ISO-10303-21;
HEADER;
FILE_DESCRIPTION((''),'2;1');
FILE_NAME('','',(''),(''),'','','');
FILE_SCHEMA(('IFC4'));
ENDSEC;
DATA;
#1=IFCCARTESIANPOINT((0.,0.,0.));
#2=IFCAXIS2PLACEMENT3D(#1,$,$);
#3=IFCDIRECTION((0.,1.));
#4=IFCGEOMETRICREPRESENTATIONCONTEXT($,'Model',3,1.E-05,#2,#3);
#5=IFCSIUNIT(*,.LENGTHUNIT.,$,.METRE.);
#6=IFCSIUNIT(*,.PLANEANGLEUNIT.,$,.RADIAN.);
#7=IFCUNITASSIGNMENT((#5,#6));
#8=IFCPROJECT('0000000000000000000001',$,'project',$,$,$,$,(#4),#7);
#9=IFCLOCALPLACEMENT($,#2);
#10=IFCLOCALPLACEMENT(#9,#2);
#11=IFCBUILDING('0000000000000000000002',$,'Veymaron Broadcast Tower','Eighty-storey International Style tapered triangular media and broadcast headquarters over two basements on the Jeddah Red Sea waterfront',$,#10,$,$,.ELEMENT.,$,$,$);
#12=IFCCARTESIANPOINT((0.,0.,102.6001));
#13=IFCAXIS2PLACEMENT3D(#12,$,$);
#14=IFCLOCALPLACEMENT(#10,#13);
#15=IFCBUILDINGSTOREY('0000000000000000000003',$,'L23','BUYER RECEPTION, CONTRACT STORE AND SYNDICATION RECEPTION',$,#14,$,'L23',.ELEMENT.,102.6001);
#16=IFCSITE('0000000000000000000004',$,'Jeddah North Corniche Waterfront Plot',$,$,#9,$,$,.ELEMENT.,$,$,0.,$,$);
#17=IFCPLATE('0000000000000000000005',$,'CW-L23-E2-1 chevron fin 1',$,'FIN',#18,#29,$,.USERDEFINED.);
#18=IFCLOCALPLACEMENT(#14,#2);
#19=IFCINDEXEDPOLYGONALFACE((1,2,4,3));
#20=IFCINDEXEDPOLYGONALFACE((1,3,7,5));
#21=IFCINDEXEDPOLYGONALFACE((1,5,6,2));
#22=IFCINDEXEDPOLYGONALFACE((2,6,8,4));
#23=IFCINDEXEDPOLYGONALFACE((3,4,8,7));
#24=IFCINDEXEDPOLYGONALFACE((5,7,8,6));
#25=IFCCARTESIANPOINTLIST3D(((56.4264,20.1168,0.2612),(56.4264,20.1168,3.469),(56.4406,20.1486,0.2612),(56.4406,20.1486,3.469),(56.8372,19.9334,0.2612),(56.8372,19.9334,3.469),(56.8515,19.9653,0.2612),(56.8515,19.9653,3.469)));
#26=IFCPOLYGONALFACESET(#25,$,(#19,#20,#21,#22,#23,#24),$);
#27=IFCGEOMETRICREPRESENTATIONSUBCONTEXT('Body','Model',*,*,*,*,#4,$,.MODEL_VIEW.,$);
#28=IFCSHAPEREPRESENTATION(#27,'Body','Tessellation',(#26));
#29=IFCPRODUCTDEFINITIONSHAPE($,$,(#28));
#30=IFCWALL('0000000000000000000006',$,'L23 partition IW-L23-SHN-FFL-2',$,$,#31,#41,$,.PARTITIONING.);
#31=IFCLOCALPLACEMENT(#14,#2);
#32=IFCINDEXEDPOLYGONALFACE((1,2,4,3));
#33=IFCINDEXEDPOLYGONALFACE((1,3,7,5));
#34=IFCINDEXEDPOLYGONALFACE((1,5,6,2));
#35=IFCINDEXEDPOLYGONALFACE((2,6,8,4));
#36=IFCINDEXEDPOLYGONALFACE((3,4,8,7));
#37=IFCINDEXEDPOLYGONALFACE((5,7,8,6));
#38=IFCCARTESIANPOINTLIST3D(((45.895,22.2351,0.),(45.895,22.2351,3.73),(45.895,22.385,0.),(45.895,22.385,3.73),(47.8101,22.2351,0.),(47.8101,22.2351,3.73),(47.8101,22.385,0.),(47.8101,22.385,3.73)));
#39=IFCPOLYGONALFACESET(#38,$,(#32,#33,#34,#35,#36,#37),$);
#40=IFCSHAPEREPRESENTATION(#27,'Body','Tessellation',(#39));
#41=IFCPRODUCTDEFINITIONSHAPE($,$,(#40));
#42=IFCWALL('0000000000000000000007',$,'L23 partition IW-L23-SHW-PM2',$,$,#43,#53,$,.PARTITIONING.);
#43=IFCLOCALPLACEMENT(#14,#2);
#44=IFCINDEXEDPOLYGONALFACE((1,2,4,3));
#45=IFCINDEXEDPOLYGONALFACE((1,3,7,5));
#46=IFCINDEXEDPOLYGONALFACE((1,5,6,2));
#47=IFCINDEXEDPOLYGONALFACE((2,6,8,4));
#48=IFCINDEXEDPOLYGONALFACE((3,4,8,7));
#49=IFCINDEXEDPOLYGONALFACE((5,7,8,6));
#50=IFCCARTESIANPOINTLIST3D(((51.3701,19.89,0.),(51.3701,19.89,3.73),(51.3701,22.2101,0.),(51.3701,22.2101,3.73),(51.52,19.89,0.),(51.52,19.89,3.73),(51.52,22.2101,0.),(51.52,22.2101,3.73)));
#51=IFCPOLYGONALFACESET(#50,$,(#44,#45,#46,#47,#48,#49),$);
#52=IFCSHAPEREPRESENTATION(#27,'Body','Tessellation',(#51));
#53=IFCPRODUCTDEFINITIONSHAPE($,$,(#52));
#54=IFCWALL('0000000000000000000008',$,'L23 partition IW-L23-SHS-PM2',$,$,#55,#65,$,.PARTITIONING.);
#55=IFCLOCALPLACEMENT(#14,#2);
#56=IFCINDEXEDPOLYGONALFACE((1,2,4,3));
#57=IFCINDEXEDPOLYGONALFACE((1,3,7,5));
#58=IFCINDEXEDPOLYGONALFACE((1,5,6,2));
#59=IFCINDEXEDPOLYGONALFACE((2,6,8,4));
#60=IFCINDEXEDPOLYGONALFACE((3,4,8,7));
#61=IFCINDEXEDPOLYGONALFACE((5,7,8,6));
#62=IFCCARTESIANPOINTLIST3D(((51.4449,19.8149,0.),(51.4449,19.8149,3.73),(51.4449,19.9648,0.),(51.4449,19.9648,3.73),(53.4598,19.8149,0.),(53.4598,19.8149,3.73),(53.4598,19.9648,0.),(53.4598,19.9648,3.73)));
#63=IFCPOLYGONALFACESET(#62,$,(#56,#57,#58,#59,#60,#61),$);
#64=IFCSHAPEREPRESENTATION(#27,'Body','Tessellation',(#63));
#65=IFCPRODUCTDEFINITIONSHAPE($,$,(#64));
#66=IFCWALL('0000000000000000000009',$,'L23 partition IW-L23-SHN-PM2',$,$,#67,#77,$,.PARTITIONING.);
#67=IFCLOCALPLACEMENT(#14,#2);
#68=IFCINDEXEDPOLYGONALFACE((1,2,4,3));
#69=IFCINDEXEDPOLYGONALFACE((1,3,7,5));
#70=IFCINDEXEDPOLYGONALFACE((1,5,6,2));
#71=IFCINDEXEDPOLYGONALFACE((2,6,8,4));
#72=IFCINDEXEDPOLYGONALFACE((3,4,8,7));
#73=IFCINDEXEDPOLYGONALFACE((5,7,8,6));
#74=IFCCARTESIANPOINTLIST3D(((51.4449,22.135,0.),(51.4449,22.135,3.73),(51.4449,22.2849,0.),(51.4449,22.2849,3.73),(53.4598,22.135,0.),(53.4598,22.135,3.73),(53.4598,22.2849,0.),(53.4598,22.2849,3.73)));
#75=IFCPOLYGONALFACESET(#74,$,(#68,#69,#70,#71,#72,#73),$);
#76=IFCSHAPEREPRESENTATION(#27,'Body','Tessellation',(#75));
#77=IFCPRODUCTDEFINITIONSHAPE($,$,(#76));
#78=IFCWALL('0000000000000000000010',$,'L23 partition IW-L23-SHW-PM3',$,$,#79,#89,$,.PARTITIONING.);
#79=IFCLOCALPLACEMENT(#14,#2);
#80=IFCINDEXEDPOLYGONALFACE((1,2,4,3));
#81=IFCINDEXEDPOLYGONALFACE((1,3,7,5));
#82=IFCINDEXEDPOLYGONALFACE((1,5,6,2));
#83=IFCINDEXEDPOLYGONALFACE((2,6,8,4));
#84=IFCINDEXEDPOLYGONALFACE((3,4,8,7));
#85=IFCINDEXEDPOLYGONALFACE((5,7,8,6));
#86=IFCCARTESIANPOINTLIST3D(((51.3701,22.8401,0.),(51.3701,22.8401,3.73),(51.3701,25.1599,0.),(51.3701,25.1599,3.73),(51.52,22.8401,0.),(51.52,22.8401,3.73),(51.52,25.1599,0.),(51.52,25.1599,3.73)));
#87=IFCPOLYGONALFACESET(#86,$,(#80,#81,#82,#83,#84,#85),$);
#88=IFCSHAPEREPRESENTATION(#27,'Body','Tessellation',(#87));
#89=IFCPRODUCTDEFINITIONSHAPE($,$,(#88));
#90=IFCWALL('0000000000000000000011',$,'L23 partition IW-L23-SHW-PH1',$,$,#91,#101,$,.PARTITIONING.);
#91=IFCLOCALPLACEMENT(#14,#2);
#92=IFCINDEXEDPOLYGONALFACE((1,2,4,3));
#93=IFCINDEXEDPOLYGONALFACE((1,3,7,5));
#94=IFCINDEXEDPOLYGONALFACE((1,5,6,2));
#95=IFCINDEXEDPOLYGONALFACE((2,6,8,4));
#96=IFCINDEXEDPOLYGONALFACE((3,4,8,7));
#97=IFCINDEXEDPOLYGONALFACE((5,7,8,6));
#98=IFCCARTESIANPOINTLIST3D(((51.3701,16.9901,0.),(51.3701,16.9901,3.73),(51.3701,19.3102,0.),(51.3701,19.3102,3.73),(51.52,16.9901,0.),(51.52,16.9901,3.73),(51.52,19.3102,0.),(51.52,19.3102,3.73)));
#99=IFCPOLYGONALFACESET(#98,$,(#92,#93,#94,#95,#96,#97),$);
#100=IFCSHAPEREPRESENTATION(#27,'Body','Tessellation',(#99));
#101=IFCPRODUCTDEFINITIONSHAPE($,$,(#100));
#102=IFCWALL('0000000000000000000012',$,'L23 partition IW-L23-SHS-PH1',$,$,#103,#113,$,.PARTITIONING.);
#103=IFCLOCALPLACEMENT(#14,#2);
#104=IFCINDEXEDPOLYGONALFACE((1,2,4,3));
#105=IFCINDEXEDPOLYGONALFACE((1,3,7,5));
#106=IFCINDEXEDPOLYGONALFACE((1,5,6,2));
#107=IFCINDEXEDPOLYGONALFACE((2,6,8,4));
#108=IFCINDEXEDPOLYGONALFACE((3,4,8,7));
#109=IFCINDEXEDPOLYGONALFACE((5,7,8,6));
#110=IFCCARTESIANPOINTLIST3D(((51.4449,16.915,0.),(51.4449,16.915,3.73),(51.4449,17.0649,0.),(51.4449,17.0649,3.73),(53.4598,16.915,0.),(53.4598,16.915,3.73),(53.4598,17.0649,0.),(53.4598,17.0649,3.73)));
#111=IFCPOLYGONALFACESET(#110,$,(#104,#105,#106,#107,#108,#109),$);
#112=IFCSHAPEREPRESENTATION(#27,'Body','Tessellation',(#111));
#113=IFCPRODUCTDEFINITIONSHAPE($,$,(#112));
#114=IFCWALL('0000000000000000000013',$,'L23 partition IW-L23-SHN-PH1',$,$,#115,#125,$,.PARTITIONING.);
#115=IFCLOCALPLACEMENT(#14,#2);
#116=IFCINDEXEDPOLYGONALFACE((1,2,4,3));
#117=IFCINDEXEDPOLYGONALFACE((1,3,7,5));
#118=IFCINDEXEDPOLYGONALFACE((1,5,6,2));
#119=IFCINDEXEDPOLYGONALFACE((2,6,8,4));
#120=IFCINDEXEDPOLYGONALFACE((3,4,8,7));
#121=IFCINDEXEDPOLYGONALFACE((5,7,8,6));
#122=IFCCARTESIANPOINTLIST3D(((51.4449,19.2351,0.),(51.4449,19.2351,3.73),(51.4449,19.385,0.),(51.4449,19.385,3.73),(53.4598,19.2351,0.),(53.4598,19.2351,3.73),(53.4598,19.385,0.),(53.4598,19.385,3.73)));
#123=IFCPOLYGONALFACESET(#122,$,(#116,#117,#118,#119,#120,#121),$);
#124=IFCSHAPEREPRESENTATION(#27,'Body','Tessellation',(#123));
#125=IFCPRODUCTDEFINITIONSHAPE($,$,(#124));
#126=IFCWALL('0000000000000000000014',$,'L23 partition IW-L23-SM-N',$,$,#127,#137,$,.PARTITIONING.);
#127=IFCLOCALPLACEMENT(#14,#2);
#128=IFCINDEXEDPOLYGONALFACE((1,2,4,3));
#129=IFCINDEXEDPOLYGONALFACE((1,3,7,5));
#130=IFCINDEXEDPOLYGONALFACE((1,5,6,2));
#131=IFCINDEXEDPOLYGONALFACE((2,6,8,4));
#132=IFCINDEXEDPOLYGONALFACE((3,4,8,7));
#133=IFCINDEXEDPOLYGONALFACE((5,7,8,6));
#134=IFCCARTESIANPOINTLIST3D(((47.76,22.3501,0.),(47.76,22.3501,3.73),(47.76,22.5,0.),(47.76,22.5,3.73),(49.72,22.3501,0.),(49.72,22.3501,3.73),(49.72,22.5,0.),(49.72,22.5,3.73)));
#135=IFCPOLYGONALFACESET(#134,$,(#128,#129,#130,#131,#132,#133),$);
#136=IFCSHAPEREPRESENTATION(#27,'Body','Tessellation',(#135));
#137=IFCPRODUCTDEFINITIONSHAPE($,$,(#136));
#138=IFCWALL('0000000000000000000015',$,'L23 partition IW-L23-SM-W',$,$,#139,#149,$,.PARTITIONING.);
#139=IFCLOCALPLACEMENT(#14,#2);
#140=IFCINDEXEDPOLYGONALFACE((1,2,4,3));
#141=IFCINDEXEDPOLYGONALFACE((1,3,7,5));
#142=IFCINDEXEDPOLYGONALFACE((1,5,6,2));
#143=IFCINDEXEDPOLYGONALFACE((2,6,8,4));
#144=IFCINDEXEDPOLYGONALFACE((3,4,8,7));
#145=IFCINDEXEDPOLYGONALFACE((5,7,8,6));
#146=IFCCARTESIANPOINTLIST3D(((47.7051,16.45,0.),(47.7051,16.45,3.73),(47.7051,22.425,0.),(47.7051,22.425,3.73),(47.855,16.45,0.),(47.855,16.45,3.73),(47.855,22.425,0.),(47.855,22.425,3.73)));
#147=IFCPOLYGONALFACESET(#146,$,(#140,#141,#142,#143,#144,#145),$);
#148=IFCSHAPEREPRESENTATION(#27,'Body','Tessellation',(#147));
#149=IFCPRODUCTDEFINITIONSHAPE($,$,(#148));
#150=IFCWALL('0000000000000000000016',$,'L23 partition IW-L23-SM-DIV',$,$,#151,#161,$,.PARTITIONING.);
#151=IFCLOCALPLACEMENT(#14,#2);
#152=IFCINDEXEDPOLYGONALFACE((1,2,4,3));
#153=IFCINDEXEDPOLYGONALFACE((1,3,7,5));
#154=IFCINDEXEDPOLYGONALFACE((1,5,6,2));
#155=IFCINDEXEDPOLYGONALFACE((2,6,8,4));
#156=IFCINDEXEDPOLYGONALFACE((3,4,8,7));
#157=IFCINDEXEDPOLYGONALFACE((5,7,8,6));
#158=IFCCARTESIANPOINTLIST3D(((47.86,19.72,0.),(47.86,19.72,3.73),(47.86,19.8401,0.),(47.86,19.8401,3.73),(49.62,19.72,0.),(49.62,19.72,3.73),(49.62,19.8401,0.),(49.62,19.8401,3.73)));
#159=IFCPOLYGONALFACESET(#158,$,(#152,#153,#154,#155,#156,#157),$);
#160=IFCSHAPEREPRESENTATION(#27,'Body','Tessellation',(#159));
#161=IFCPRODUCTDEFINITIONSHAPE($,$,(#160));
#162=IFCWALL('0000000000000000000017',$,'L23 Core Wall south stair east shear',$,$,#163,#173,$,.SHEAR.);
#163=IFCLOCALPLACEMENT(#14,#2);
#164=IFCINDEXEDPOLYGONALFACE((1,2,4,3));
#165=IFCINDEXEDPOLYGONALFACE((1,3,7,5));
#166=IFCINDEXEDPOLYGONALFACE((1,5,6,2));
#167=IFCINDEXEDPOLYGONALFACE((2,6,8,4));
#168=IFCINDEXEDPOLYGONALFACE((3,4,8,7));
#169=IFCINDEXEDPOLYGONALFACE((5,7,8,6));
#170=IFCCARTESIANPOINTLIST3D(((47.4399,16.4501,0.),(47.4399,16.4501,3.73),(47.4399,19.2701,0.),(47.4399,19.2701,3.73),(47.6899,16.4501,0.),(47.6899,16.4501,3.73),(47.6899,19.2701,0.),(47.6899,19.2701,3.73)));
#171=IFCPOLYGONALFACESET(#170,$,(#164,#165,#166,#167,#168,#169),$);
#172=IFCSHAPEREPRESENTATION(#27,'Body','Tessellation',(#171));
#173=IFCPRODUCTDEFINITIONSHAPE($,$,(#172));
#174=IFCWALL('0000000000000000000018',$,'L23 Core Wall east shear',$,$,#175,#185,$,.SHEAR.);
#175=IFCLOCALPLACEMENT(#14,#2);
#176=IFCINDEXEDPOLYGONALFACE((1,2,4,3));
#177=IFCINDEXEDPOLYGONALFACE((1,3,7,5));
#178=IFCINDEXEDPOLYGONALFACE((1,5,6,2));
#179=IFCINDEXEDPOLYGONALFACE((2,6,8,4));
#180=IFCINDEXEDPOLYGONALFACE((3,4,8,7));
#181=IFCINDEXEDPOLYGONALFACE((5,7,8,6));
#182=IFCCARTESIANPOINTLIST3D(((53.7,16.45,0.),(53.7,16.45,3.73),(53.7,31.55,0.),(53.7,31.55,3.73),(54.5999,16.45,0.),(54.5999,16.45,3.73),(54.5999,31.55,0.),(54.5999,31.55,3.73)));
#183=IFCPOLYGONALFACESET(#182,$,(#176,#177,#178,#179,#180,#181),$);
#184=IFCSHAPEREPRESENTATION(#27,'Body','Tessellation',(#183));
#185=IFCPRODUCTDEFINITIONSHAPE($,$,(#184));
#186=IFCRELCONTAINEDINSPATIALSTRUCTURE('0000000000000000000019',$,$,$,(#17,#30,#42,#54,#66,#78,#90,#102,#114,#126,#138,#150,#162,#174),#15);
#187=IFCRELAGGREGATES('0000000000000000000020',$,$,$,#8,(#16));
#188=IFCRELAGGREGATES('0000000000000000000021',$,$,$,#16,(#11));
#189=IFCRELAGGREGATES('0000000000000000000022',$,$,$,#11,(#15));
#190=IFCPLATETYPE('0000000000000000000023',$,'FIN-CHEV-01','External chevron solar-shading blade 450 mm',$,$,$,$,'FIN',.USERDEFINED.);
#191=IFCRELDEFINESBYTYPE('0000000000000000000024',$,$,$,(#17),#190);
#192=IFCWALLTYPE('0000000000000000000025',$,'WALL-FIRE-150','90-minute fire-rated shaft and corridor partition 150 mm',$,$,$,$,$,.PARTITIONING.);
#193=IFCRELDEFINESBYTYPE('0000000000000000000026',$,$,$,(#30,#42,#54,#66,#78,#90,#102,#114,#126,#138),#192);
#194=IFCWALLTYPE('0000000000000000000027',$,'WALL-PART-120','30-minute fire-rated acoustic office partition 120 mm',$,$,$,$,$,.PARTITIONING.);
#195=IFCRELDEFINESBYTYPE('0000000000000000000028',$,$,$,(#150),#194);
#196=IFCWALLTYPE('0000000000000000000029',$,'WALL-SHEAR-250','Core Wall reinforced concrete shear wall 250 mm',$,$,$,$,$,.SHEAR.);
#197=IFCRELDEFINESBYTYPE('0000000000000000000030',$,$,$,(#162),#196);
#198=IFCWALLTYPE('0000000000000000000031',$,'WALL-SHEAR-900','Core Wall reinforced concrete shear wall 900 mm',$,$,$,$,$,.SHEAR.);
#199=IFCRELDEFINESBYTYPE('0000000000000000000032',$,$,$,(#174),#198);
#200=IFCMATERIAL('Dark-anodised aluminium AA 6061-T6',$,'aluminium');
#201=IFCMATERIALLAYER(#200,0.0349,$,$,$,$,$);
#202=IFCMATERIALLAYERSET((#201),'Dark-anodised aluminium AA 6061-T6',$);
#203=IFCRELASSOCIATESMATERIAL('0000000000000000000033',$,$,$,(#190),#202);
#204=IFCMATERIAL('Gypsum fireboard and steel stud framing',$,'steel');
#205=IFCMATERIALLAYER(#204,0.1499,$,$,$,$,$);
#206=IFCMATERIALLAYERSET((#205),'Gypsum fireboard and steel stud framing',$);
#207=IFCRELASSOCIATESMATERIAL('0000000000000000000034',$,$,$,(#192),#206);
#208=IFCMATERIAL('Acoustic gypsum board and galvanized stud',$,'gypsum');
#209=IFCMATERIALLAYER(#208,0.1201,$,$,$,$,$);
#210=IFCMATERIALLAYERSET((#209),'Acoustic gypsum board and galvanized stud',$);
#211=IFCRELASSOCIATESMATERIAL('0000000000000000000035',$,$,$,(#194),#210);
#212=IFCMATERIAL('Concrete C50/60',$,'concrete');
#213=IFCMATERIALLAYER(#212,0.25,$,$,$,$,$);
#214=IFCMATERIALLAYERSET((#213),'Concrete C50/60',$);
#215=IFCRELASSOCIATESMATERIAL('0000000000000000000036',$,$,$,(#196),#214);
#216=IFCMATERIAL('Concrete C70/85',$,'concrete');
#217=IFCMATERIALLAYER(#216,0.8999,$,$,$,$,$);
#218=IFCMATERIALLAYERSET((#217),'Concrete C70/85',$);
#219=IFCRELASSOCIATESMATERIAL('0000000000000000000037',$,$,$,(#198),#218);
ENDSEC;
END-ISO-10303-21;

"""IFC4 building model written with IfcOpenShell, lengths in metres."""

from ifc_helpers import new_model, si_unit, direction, frame, frame_2d, origin, origin_2d, place, context, subcontext, project, spatial, rectangle, extrude, material, layer, layer_set, type_object, element, save


model = new_model("IFC4")

# Units and contexts
model_context = context("Model", 3, precision=1e-05, world=origin(), true_north=direction((0.0, 1.0)))
body_context = subcontext(model_context, "Body", "Model", "MODEL_VIEW")
ifc_project = project(units=[si_unit("LENGTHUNIT", "METRE"), si_unit("PLANEANGLEUNIT", "RADIAN")], contexts=[model_context])

# Site, building, storey
site_placement = place(None, origin())
site = spatial("IfcSite", under=ifc_project, at=site_placement, Name="Jeddah North Corniche Waterfront Plot", CompositionType="ELEMENT", RefElevation=0.0)
building_placement = place(site_placement, origin())
building = spatial("IfcBuilding", under=site, at=building_placement, Name="Veymaron Broadcast Tower", Description="Eighty-storey International Style tapered triangular media and broadcast headquarters over two basements on the Jeddah Red Sea waterfront", CompositionType="ELEMENT")
storey_placement = place(building_placement, frame((0.0, 0.0, 102.6001)))
storey = spatial("IfcBuildingStorey", under=building, at=storey_placement, Name="L23", Description="BUYER RECEPTION, CONTRACT STORE AND SYNDICATION RECEPTION", LongName="L23", CompositionType="ELEMENT", Elevation=102.6001)

# Plate
ifc_material_1 = material(Name="Dark-anodised aluminium AA 6061-T6", Category="aluminium")
ifc_layer_1 = layer(ifc_material_1, 0.0349)
ifc_layer_set_1 = layer_set([ifc_layer_1], Name="Dark-anodised aluminium AA 6061-T6")
plate_type_1 = type_object("IfcPlateType", Name="FIN-CHEV-01", Description="External chevron solar-shading blade 450 mm", ElementType="FIN", PredefinedType="USERDEFINED", material=ifc_layer_set_1)
plate_1_placement = place(storey_placement, frame((56.6389, 20.041, 0.2612), z_axis=(0.0, 0.0, 1.0), x_axis=(0.913197, -0.407518, 0.0)))
element("IfcPlate", 1, at=plate_1_placement, inside=storey, type_object=plate_type_1, Name="CW-L23-E2-1 chevron fin 1", ObjectType="FIN", PredefinedType="USERDEFINED", context=body_context, shape_type="SweptSolid", body=[
    extrude(rectangle(XDim=0.45, YDim=0.0349, at=origin_2d()), origin(), (0.0, 0.0, 1.0), 3.2078),
])

# Walls
ifc_material_2 = material(Name="Gypsum fireboard and steel stud framing", Category="steel")
ifc_layer_2 = layer(ifc_material_2, 0.1499)
ifc_layer_set_2 = layer_set([ifc_layer_2], Name="Gypsum fireboard and steel stud framing")
wall_type_1 = type_object("IfcWallType", Name="WALL-FIRE-150", Description="90-minute fire-rated shaft and corridor partition 150 mm", PredefinedType="PARTITIONING", material=ifc_layer_set_2)
wall_1_placement = place(storey_placement, frame((45.895, 22.3101, 0.0), z_axis=(0.0, 0.0, 1.0), x_axis=(1.0, 0.0, 0.0)))
element("IfcWall", 2, at=wall_1_placement, inside=storey, type_object=wall_type_1, Name="L23 partition IW-L23-SHN-FFL-2", PredefinedType="PARTITIONING", context=body_context, shape_type="SweptSolid", body=[
    extrude(rectangle(XDim=1.915, YDim=0.1499, at=frame_2d((0.9575, 0.0))), origin(), (0.0, 0.0, 1.0), 3.73),
])
wall_2_placement = place(storey_placement, frame((51.4451, 19.8899, 0.0), z_axis=(0.0, 0.0, 1.0), x_axis=(0.0, 1.0, 0.0)))
element("IfcWall", 3, at=wall_2_placement, inside=storey, type_object=wall_type_1, Name="L23 partition IW-L23-SHW-PM2", PredefinedType="PARTITIONING", context=body_context, shape_type="SweptSolid", body=[
    extrude(rectangle(XDim=2.3201, YDim=0.1499, at=frame_2d((1.1602, 0.0))), origin(), (0.0, 0.0, 1.0), 3.73),
])
for number, where, z_axis, x_axis, name in (
    (4, (51.4451, 19.8899, 0.0), (0.0, 0.0, 1.0), (1.0, 0.0, 0.0), "L23 partition IW-L23-SHS-PM2"),
    (5, (51.4451, 22.21, 0.0), (0.0, 0.0, 1.0), (1.0, 0.0, 0.0), "L23 partition IW-L23-SHN-PM2"),
):
    element("IfcWall", number, at=place(storey_placement, frame(where, z_axis=z_axis, x_axis=x_axis)), inside=storey, type_object=wall_type_1, Name=name, PredefinedType="PARTITIONING", context=body_context, shape_type="SweptSolid", body=[
        extrude(rectangle(XDim=2.0149, YDim=0.1499, at=frame_2d((1.0073, 0.0))), origin(), (0.0, 0.0, 1.0), 3.73),
    ])
wall_3_placement = place(storey_placement, frame((51.4451, 22.8401, 0.0), z_axis=(0.0, 0.0, 1.0), x_axis=(0.0, 1.0, 0.0)))
element("IfcWall", 6, at=wall_3_placement, inside=storey, type_object=wall_type_1, Name="L23 partition IW-L23-SHW-PM3", PredefinedType="PARTITIONING", context=body_context, shape_type="SweptSolid", body=[
    extrude(rectangle(XDim=2.3198, YDim=0.1499, at=frame_2d((1.1599, 0.0))), origin(), (0.0, 0.0, 1.0), 3.73),
])
wall_4_placement = place(storey_placement, frame((51.4451, 16.99, 0.0), z_axis=(0.0, 0.0, 1.0), x_axis=(0.0, 1.0, 0.0)))
element("IfcWall", 7, at=wall_4_placement, inside=storey, type_object=wall_type_1, Name="L23 partition IW-L23-SHW-PH1", PredefinedType="PARTITIONING", context=body_context, shape_type="SweptSolid", body=[
    extrude(rectangle(XDim=2.3201, YDim=0.1499, at=frame_2d((1.1602, 0.0))), origin(), (0.0, 0.0, 1.0), 3.73),
])
for number, where, z_axis, x_axis, name in (
    (8, (51.4451, 16.99, 0.0), (0.0, 0.0, 1.0), (1.0, 0.0, 0.0), "L23 partition IW-L23-SHS-PH1"),
    (9, (51.4451, 19.3101, 0.0), (0.0, 0.0, 1.0), (1.0, 0.0, 0.0), "L23 partition IW-L23-SHN-PH1"),
):
    element("IfcWall", number, at=place(storey_placement, frame(where, z_axis=z_axis, x_axis=x_axis)), inside=storey, type_object=wall_type_1, Name=name, PredefinedType="PARTITIONING", context=body_context, shape_type="SweptSolid", body=[
        extrude(rectangle(XDim=2.0149, YDim=0.1499, at=frame_2d((1.0073, 0.0))), origin(), (0.0, 0.0, 1.0), 3.73),
    ])

# Walls
wall_5_placement = place(storey_placement, frame((47.76, 22.425, 0.0), z_axis=(0.0, 0.0, 1.0), x_axis=(1.0, 0.0, 0.0)))
element("IfcWall", 10, at=wall_5_placement, inside=storey, type_object=wall_type_1, Name="L23 partition IW-L23-SM-N", PredefinedType="PARTITIONING", context=body_context, shape_type="SweptSolid", body=[
    extrude(rectangle(XDim=1.96, YDim=0.1499, at=frame_2d((0.98, 0.0))), origin(), (0.0, 0.0, 1.0), 3.73),
])
wall_6_placement = place(storey_placement, frame((47.78, 16.45, 0.0), z_axis=(0.0, 0.0, 1.0), x_axis=(0.0, 1.0, 0.0)))
element("IfcWall", 11, at=wall_6_placement, inside=storey, type_object=wall_type_1, Name="L23 partition IW-L23-SM-W", PredefinedType="PARTITIONING", context=body_context, shape_type="SweptSolid", body=[
    extrude(rectangle(XDim=5.9751, YDim=0.1499, at=frame_2d((2.9875, 0.0))), origin(), (0.0, 0.0, 1.0), 3.73),
])
ifc_material_3 = material(Name="Acoustic gypsum board and galvanized stud", Category="gypsum")
ifc_layer_3 = layer(ifc_material_3, 0.1201)
ifc_layer_set_3 = layer_set([ifc_layer_3], Name="Acoustic gypsum board and galvanized stud")
wall_type_2 = type_object("IfcWallType", Name="WALL-PART-120", Description="30-minute fire-rated acoustic office partition 120 mm", PredefinedType="PARTITIONING", material=ifc_layer_set_3)
wall_7_placement = place(storey_placement, frame((47.8601, 19.78, 0.0), z_axis=(0.0, 0.0, 1.0), x_axis=(1.0, 0.0, 0.0)))
element("IfcWall", 12, at=wall_7_placement, inside=storey, type_object=wall_type_2, Name="L23 partition IW-L23-SM-DIV", PredefinedType="PARTITIONING", context=body_context, shape_type="SweptSolid", body=[
    extrude(rectangle(XDim=1.76, YDim=0.1201, at=frame_2d((0.8799, 0.0))), origin(), (0.0, 0.0, 1.0), 3.73),
])

# Walls
ifc_material_4 = material(Name="Concrete C50/60", Category="concrete")
ifc_layer_4 = layer(ifc_material_4, 0.25)
ifc_layer_set_4 = layer_set([ifc_layer_4], Name="Concrete C50/60")
wall_type_3 = type_object("IfcWallType", Name="WALL-SHEAR-250", Description="Core Wall reinforced concrete shear wall 250 mm", PredefinedType="SHEAR", material=ifc_layer_set_4)
wall_8_placement = place(storey_placement, frame((47.5649, 16.45, 0.0), z_axis=(0.0, 0.0, 1.0), x_axis=(0.0, 1.0, 0.0)))
element("IfcWall", 13, at=wall_8_placement, inside=storey, type_object=wall_type_3, Name="L23 Core Wall south stair east shear", PredefinedType="SHEAR", context=body_context, shape_type="SweptSolid", body=[
    extrude(rectangle(XDim=2.8201, YDim=0.25, at=frame_2d((1.4102, 0.0))), origin(), (0.0, 0.0, 1.0), 3.73),
])
ifc_material_5 = material(Name="Concrete C70/85", Category="concrete")
ifc_layer_5 = layer(ifc_material_5, 0.8999)
ifc_layer_set_5 = layer_set([ifc_layer_5], Name="Concrete C70/85")
wall_type_4 = type_object("IfcWallType", Name="WALL-SHEAR-900", Description="Core Wall reinforced concrete shear wall 900 mm", PredefinedType="SHEAR", material=ifc_layer_set_5)
wall_9_placement = place(storey_placement, frame((54.1499, 16.45, 0.0), z_axis=(0.0, 0.0, 1.0), x_axis=(0.0, 1.0, 0.0)))
element("IfcWall", 14, at=wall_9_placement, inside=storey, type_object=wall_type_4, Name="L23 Core Wall east shear", PredefinedType="SHEAR", context=body_context, shape_type="SweptSolid", body=[
    extrude(rectangle(XDim=15.1001, YDim=0.8999, at=frame_2d((7.55, 0.0))), origin(), (0.0, 0.0, 1.0), 3.73),
])

save(model, "model.ifc")
